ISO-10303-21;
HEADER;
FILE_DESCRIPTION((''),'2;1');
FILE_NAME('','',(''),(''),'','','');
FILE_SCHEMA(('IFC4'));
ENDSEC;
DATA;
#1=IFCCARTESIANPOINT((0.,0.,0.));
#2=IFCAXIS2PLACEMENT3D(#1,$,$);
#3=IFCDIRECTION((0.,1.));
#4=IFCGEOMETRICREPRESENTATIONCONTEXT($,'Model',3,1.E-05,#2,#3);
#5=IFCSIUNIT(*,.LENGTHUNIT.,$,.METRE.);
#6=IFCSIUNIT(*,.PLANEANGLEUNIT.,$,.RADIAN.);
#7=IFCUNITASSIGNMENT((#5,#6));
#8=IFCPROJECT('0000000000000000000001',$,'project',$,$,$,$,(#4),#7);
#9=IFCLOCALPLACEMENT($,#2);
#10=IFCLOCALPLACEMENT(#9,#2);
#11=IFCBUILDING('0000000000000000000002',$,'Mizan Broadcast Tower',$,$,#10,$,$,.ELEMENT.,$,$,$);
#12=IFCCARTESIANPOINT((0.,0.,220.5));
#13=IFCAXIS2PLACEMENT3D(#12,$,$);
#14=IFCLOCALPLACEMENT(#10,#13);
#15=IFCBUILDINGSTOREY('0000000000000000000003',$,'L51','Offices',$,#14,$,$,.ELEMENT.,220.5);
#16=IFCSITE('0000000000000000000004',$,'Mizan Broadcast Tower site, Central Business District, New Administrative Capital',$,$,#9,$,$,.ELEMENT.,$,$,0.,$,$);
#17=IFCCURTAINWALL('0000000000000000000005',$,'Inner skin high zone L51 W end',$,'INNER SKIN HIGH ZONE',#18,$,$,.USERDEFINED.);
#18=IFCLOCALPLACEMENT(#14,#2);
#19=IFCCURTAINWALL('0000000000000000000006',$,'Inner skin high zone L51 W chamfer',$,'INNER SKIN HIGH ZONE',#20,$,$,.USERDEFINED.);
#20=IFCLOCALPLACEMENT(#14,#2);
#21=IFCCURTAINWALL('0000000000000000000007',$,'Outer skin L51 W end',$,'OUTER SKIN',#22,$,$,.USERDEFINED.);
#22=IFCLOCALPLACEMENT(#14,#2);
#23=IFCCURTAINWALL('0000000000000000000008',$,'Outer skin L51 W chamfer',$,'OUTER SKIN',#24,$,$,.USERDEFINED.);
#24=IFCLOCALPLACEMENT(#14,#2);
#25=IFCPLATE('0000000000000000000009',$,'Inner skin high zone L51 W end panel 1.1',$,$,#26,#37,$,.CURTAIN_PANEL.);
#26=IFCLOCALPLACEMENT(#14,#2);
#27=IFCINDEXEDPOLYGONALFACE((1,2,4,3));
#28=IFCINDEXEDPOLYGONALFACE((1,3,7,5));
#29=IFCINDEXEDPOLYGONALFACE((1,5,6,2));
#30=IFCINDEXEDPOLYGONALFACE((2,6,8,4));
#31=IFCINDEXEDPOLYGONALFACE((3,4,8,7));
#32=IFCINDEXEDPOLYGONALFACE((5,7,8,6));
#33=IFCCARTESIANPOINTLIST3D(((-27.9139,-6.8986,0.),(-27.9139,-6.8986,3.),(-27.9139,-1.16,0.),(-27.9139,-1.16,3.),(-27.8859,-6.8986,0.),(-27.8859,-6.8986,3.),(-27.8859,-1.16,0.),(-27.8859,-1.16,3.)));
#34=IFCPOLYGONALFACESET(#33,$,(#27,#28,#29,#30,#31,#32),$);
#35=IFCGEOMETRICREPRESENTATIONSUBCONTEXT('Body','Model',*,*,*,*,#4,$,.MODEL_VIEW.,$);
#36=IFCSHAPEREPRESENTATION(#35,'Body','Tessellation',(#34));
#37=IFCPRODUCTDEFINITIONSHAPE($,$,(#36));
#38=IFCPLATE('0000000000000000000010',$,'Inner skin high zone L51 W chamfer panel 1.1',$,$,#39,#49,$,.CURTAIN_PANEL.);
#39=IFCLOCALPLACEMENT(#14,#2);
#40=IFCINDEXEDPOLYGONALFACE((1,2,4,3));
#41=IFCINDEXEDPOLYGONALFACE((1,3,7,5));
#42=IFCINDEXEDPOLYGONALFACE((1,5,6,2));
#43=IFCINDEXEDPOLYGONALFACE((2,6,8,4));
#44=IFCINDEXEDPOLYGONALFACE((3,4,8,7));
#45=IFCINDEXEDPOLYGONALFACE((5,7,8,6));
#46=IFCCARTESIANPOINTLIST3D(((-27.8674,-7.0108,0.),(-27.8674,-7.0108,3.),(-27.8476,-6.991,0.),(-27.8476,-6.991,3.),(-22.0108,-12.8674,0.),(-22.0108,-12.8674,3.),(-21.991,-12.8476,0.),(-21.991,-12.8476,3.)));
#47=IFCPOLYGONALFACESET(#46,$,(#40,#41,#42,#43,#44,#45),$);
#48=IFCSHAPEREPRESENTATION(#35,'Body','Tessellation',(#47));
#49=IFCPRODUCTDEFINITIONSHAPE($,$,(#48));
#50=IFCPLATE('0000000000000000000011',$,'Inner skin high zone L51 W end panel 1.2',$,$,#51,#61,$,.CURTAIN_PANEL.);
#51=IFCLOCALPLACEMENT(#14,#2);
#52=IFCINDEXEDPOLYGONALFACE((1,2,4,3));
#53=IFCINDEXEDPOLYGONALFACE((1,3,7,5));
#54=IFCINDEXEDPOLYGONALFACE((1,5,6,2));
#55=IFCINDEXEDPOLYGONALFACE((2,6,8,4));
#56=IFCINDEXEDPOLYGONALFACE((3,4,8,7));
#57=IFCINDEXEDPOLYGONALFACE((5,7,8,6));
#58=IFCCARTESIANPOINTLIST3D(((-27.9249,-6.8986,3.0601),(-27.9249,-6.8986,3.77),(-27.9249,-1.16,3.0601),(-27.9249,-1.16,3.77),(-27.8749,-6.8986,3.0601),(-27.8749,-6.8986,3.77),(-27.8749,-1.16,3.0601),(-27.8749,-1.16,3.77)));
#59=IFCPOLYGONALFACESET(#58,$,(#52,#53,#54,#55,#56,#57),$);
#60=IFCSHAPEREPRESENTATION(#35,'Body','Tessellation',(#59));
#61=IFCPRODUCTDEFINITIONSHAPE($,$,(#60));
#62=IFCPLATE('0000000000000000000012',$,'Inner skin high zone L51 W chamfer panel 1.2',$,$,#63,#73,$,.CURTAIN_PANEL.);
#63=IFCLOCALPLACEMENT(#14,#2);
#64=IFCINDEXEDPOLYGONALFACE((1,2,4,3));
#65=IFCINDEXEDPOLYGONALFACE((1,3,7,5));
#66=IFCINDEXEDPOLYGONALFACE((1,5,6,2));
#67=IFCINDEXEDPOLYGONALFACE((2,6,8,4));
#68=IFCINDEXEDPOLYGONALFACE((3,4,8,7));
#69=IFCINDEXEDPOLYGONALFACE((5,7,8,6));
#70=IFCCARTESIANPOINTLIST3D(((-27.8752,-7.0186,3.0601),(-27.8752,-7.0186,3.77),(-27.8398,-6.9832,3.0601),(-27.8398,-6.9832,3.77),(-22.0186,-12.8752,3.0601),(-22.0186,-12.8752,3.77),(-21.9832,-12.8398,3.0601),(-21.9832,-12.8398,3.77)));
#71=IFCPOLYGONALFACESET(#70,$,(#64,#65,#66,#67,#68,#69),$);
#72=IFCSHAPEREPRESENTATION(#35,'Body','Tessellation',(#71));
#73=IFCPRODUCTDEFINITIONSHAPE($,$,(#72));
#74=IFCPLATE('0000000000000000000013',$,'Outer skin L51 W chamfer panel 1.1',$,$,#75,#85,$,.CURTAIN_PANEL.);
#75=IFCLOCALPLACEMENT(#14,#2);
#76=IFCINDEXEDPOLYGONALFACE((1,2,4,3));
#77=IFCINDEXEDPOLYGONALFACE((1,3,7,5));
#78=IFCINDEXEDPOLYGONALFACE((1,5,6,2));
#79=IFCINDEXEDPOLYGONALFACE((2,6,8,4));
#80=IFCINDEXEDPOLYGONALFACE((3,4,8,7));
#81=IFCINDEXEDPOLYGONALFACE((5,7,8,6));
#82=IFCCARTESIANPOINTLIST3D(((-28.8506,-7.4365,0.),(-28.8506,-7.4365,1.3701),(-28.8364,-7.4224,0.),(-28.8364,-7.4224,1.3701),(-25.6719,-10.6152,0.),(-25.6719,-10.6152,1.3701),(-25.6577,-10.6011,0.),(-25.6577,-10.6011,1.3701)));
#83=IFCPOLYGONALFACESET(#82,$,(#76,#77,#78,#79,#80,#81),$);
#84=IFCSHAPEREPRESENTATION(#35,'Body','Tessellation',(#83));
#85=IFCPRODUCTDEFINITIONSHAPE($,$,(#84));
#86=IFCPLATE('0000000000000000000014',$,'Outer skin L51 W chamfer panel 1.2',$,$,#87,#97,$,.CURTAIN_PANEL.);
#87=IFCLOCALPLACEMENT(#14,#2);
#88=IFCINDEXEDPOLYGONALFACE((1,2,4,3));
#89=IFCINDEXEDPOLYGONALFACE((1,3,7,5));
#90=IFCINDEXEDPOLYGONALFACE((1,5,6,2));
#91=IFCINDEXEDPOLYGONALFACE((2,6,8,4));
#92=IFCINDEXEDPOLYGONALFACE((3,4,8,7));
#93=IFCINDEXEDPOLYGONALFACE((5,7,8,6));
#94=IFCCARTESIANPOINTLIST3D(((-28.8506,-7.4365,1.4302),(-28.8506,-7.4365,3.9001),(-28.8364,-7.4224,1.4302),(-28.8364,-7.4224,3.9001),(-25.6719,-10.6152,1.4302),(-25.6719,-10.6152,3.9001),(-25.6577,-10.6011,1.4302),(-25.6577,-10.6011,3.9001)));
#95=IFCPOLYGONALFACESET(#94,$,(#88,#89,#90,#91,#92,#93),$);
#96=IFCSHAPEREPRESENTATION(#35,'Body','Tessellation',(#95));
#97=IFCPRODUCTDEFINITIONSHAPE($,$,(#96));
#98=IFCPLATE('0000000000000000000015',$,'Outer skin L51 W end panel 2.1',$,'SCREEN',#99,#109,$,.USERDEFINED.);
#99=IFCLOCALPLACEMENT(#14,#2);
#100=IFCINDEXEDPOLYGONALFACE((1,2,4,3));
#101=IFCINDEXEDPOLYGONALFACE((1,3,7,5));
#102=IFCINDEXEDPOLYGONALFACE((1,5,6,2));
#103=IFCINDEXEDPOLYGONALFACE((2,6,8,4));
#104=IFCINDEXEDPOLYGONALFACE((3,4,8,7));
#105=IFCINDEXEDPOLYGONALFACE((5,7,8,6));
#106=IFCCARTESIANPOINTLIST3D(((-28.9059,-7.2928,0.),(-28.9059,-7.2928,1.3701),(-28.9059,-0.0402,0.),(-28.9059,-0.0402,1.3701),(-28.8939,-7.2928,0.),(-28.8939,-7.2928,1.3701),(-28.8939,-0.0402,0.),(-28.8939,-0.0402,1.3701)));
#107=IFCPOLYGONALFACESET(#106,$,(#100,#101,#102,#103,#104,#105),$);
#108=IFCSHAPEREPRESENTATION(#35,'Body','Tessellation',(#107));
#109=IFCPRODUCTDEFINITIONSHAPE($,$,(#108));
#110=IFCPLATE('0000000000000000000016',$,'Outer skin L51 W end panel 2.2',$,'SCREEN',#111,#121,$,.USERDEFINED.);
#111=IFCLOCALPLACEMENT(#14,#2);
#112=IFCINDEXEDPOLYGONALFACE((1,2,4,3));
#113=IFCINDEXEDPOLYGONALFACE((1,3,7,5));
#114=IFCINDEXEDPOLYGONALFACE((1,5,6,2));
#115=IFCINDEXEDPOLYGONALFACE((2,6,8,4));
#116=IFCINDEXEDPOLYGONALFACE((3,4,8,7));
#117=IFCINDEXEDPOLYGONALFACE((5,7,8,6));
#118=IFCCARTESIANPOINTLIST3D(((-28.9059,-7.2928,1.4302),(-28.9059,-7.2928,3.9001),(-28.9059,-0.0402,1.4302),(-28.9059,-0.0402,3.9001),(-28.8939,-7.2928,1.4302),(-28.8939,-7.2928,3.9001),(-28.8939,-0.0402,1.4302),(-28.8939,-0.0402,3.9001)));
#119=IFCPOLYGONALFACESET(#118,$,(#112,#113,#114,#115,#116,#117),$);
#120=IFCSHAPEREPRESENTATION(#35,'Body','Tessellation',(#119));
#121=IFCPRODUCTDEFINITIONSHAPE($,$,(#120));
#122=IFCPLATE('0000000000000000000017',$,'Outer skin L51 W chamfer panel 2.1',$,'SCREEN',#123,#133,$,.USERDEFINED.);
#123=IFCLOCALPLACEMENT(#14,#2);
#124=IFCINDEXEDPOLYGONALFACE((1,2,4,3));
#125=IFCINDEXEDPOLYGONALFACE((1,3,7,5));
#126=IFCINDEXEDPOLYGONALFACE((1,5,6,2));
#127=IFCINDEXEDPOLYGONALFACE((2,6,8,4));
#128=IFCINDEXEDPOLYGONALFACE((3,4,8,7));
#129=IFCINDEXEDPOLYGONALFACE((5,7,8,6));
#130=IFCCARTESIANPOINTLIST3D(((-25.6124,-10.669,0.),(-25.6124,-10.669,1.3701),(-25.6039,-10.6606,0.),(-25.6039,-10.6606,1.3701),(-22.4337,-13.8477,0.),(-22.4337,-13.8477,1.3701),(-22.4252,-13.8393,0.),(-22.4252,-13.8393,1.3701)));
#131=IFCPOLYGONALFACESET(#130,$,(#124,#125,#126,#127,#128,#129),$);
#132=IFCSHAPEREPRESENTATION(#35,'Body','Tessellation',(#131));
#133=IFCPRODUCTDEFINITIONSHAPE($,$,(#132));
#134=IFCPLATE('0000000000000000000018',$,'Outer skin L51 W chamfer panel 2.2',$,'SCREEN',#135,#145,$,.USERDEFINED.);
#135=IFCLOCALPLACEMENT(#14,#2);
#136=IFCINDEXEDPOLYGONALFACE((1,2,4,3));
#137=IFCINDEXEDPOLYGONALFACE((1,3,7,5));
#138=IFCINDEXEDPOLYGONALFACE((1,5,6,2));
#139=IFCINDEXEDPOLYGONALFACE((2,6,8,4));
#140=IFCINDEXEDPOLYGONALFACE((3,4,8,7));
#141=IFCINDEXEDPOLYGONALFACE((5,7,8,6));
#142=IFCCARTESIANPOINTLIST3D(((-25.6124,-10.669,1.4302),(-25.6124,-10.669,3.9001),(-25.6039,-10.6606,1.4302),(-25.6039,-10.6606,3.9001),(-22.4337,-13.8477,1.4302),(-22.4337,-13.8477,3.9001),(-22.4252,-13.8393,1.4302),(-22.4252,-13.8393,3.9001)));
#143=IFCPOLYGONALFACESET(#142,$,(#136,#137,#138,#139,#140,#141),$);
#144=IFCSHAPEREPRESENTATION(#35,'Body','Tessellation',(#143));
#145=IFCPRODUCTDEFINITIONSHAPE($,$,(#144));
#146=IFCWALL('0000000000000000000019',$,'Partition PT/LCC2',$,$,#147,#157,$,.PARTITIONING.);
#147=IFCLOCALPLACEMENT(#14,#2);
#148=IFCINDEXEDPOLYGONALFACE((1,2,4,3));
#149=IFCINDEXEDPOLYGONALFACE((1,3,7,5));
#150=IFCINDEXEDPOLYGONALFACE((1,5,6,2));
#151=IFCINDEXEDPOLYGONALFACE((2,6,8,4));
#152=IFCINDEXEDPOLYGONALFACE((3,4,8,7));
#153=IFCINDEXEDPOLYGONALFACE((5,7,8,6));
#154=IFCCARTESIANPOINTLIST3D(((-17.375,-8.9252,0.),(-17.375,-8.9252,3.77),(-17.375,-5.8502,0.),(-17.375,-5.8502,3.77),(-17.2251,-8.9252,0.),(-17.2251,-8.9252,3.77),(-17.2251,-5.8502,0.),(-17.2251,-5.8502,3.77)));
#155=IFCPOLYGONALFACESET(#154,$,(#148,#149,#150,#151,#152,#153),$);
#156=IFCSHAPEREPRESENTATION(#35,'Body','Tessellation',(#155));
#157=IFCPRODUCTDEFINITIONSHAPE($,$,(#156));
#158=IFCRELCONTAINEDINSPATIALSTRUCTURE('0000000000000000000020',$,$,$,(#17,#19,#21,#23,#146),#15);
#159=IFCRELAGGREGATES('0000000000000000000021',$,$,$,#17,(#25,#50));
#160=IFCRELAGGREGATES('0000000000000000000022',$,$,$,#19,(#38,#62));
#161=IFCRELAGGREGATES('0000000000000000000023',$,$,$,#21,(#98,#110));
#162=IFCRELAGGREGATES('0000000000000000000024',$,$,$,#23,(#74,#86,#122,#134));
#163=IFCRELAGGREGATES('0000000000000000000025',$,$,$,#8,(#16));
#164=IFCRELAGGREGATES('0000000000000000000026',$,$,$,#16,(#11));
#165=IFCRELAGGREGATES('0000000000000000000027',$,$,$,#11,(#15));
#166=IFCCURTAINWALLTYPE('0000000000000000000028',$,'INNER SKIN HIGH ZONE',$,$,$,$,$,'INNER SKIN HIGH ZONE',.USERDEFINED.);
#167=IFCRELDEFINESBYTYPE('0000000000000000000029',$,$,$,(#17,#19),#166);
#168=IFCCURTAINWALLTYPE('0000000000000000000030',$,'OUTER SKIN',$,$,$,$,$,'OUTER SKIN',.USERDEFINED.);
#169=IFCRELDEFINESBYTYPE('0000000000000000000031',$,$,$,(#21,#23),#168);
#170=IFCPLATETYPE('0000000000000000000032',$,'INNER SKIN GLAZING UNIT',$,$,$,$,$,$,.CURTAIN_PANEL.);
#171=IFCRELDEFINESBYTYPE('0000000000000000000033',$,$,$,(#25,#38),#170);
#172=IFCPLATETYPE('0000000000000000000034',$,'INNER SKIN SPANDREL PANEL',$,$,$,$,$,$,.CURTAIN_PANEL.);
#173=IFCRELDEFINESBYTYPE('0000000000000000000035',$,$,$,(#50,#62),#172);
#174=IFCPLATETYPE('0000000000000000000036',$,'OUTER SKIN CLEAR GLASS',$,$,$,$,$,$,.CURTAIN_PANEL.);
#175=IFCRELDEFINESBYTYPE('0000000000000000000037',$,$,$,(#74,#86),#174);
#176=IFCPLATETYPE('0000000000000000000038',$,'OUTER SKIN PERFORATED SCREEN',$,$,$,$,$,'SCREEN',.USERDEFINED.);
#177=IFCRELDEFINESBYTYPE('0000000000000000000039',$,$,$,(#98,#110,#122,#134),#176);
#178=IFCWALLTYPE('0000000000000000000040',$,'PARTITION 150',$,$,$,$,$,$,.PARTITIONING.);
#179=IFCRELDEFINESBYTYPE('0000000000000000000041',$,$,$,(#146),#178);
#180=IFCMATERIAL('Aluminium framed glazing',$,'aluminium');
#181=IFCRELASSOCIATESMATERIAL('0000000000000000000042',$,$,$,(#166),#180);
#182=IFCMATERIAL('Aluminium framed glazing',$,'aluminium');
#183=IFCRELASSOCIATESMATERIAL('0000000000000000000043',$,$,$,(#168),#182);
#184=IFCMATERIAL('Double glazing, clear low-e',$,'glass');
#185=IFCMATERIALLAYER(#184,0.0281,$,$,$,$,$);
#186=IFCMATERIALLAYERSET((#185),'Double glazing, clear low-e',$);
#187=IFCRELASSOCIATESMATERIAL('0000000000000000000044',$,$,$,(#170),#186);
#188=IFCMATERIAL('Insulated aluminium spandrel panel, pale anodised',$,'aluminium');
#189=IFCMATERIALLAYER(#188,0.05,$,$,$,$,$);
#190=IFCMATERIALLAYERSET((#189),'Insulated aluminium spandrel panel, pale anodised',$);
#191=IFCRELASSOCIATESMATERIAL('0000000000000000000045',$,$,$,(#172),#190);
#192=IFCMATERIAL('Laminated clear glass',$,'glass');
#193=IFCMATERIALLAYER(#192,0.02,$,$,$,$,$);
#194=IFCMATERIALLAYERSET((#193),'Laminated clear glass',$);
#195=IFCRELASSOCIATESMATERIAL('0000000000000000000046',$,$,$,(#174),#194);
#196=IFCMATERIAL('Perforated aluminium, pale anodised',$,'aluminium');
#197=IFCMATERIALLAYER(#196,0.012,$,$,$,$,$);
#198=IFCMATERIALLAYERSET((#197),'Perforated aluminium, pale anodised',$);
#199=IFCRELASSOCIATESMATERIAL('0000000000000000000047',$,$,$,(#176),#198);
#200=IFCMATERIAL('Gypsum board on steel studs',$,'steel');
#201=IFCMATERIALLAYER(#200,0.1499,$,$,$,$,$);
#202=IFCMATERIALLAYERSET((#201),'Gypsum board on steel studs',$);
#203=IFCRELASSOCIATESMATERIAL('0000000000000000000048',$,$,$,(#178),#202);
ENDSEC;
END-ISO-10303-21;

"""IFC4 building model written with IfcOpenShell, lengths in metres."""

from ifc_helpers import new_model, si_unit, direction, frame, frame_2d, origin, origin_2d, place, context, subcontext, project, spatial, rectangle, extrude, material, layer, layer_set, type_object, element, aggregate, save


model = new_model("IFC4")

# Units and contexts
model_context = context("Model", 3, precision=1e-05, world=origin(), true_north=direction((0.0, 1.0)))
body_context = subcontext(model_context, "Body", "Model", "MODEL_VIEW")
ifc_project = project(units=[si_unit("LENGTHUNIT", "METRE"), si_unit("PLANEANGLEUNIT", "RADIAN")], contexts=[model_context])

# Site, building, storey
site_placement = place(None, origin())
site = spatial("IfcSite", under=ifc_project, at=site_placement, Name="Mizan Broadcast Tower site, Central Business District, New Administrative Capital", CompositionType="ELEMENT", RefElevation=0.0)
building_placement = place(site_placement, origin())
building = spatial("IfcBuilding", under=site, at=building_placement, Name="Mizan Broadcast Tower", CompositionType="ELEMENT")
storey_placement = place(building_placement, frame((0.0, 0.0, 220.5)))
storey = spatial("IfcBuildingStorey", under=building, at=storey_placement, Name="L51", Description="Offices", CompositionType="ELEMENT", Elevation=220.5)

# Curtain wall
ifc_material_1 = material(Name="Aluminium framed glazing", Category="aluminium")
curtain_wall_type_1 = type_object("IfcCurtainWallType", Name="INNER SKIN HIGH ZONE", ElementType="INNER SKIN HIGH ZONE", PredefinedType="USERDEFINED", material=ifc_material_1)
curtain_wall_1_placement = place(storey_placement, origin())
curtain_wall_1 = element("IfcCurtainWall", 1, at=curtain_wall_1_placement, inside=storey, type_object=curtain_wall_type_1, Name="Inner skin high zone L51 W end", ObjectType="INNER SKIN HIGH ZONE", PredefinedType="USERDEFINED")

# Curtain walls
curtain_wall_2_placement = place(storey_placement, origin())
curtain_wall_2 = element("IfcCurtainWall", 2, at=curtain_wall_2_placement, inside=storey, type_object=curtain_wall_type_1, Name="Inner skin high zone L51 W chamfer", ObjectType="INNER SKIN HIGH ZONE", PredefinedType="USERDEFINED")
ifc_material_2 = material(Name="Aluminium framed glazing", Category="aluminium")
curtain_wall_type_2 = type_object("IfcCurtainWallType", Name="OUTER SKIN", ElementType="OUTER SKIN", PredefinedType="USERDEFINED", material=ifc_material_2)
curtain_wall_3_placement = place(storey_placement, origin())
curtain_wall_3 = element("IfcCurtainWall", 3, at=curtain_wall_3_placement, inside=storey, type_object=curtain_wall_type_2, Name="Outer skin L51 W end", ObjectType="OUTER SKIN", PredefinedType="USERDEFINED")

# Curtain wall
curtain_wall_4_placement = place(storey_placement, origin())
curtain_wall_4 = element("IfcCurtainWall", 4, at=curtain_wall_4_placement, inside=storey, type_object=curtain_wall_type_2, Name="Outer skin L51 W chamfer", ObjectType="OUTER SKIN", PredefinedType="USERDEFINED")

# Plates
ifc_material_3 = material(Name="Double glazing, clear low-e", Category="glass")
ifc_layer_1 = layer(ifc_material_3, 0.0281)
ifc_layer_set_1 = layer_set([ifc_layer_1], Name="Double glazing, clear low-e")
plate_type_1 = type_object("IfcPlateType", Name="INNER SKIN GLAZING UNIT", PredefinedType="CURTAIN_PANEL", material=ifc_layer_set_1)
plate_1_placement = place(storey_placement, frame((-27.8999, -4.0293, 0.0), z_axis=(0.0, 0.0, 1.0), x_axis=(0.0, -1.0, 0.0)))
plate_1 = element("IfcPlate", 5, at=plate_1_placement, type_object=plate_type_1, Name="Inner skin high zone L51 W end panel 1.1", PredefinedType="CURTAIN_PANEL", context=body_context, shape_type="SweptSolid", body=[
    extrude(rectangle(XDim=5.7385, YDim=0.0281, at=origin_2d()), origin(), (0.0, 0.0, 1.0), 3.0),
])
plate_2_placement = place(storey_placement, frame((-24.9292, -9.9292, 0.0), z_axis=(0.0, 0.0, 1.0), x_axis=(0.707107, -0.707107, 0.0)))
plate_2 = element("IfcPlate", 6, at=plate_2_placement, type_object=plate_type_1, Name="Inner skin high zone L51 W chamfer panel 1.1", PredefinedType="CURTAIN_PANEL", context=body_context, shape_type="SweptSolid", body=[
    extrude(rectangle(XDim=8.2825, YDim=0.0281, at=origin_2d()), origin(), (0.0, 0.0, 1.0), 3.0),
])
ifc_material_4 = material(Name="Insulated aluminium spandrel panel, pale anodised", Category="aluminium")
ifc_layer_2 = layer(ifc_material_4, 0.05)
ifc_layer_set_2 = layer_set([ifc_layer_2], Name="Insulated aluminium spandrel panel, pale anodised")
plate_type_2 = type_object("IfcPlateType", Name="INNER SKIN SPANDREL PANEL", PredefinedType="CURTAIN_PANEL", material=ifc_layer_set_2)
plate_3_placement = place(storey_placement, frame((-27.8999, -4.0293, 3.0601), z_axis=(0.0, 0.0, 1.0), x_axis=(0.0, -1.0, 0.0)))
plate_3 = element("IfcPlate", 7, at=plate_3_placement, type_object=plate_type_2, Name="Inner skin high zone L51 W end panel 1.2", PredefinedType="CURTAIN_PANEL", context=body_context, shape_type="SweptSolid", body=[
    extrude(rectangle(XDim=5.7385, YDim=0.05, at=origin_2d()), origin(), (0.0, 0.0, 1.0), 0.71),
])
aggregate(curtain_wall_1, [plate_1, plate_3])
plate_4_placement = place(storey_placement, frame((-24.9292, -9.9292, 3.0601), z_axis=(0.0, 0.0, 1.0), x_axis=(0.707107, -0.707107, 0.0)))
plate_4 = element("IfcPlate", 8, at=plate_4_placement, type_object=plate_type_2, Name="Inner skin high zone L51 W chamfer panel 1.2", PredefinedType="CURTAIN_PANEL", context=body_context, shape_type="SweptSolid", body=[
    extrude(rectangle(XDim=8.2825, YDim=0.05, at=origin_2d()), origin(), (0.0, 0.0, 1.0), 0.71),
])
aggregate(curtain_wall_2, [plate_2, plate_4])
ifc_material_5 = material(Name="Laminated clear glass", Category="glass")
ifc_layer_3 = layer(ifc_material_5, 0.02)
ifc_layer_set_3 = layer_set([ifc_layer_3], Name="Laminated clear glass")
plate_type_3 = type_object("IfcPlateType", Name="OUTER SKIN CLEAR GLASS", PredefinedType="CURTAIN_PANEL", material=ifc_layer_set_3)
plate_5_placement = place(storey_placement, frame((-27.2542, -9.0188, 0.0), z_axis=(0.0, 0.0, 1.0), x_axis=(0.707107, -0.707107, 0.0)))
plate_5 = element("IfcPlate", 9, at=plate_5_placement, type_object=plate_type_3, Name="Outer skin L51 W chamfer panel 1.1", PredefinedType="CURTAIN_PANEL", context=body_context, shape_type="SweptSolid", body=[
    extrude(rectangle(XDim=4.4954, YDim=0.02, at=origin_2d()), origin(), (0.0, 0.0, 1.0), 1.3701),
])
plate_6_placement = place(storey_placement, frame((-27.2542, -9.0188, 1.4302), z_axis=(0.0, 0.0, 1.0), x_axis=(0.707107, -0.707107, 0.0)))
plate_6 = element("IfcPlate", 10, at=plate_6_placement, type_object=plate_type_3, Name="Outer skin L51 W chamfer panel 1.2", PredefinedType="CURTAIN_PANEL", context=body_context, shape_type="SweptSolid", body=[
    extrude(rectangle(XDim=4.4954, YDim=0.02, at=origin_2d()), origin(), (0.0, 0.0, 1.0), 2.47),
])
ifc_material_6 = material(Name="Perforated aluminium, pale anodised", Category="aluminium")
ifc_layer_4 = layer(ifc_material_6, 0.012)
ifc_layer_set_4 = layer_set([ifc_layer_4], Name="Perforated aluminium, pale anodised")
plate_type_4 = type_object("IfcPlateType", Name="OUTER SKIN PERFORATED SCREEN", ElementType="SCREEN", PredefinedType="USERDEFINED", material=ifc_layer_set_4)
plate_7_placement = place(storey_placement, frame((-28.8999, -3.6665, 0.0), z_axis=(0.0, 0.0, 1.0), x_axis=(0.0, -1.0, 0.0)))
plate_7 = element("IfcPlate", 11, at=plate_7_placement, type_object=plate_type_4, Name="Outer skin L51 W end panel 2.1", ObjectType="SCREEN", PredefinedType="USERDEFINED", context=body_context, shape_type="SweptSolid", body=[
    extrude(rectangle(XDim=7.2527, YDim=0.012, at=origin_2d()), origin(), (0.0, 0.0, 1.0), 1.3701),
])
plate_8_placement = place(storey_placement, frame((-28.8999, -3.6665, 1.4302), z_axis=(0.0, 0.0, 1.0), x_axis=(0.0, -1.0, 0.0)))
plate_8 = element("IfcPlate", 12, at=plate_8_placement, type_object=plate_type_4, Name="Outer skin L51 W end panel 2.2", ObjectType="SCREEN", PredefinedType="USERDEFINED", context=body_context, shape_type="SweptSolid", body=[
    extrude(rectangle(XDim=7.2527, YDim=0.012, at=origin_2d()), origin(), (0.0, 0.0, 1.0), 2.47),
])
aggregate(curtain_wall_3, [plate_7, plate_8])
plate_9_placement = place(storey_placement, frame((-24.0188, -12.2542, 0.0), z_axis=(0.0, 0.0, 1.0), x_axis=(0.707107, -0.707107, 0.0)))
plate_9 = element("IfcPlate", 13, at=plate_9_placement, type_object=plate_type_4, Name="Outer skin L51 W chamfer panel 2.1", ObjectType="SCREEN", PredefinedType="USERDEFINED", context=body_context, shape_type="SweptSolid", body=[
    extrude(rectangle(XDim=4.4954, YDim=0.012, at=origin_2d()), origin(), (0.0, 0.0, 1.0), 1.3701),
])
plate_10_placement = place(storey_placement, frame((-24.0188, -12.2542, 1.4302), z_axis=(0.0, 0.0, 1.0), x_axis=(0.707107, -0.707107, 0.0)))
plate_10 = element("IfcPlate", 14, at=plate_10_placement, type_object=plate_type_4, Name="Outer skin L51 W chamfer panel 2.2", ObjectType="SCREEN", PredefinedType="USERDEFINED", context=body_context, shape_type="SweptSolid", body=[
    extrude(rectangle(XDim=4.4954, YDim=0.012, at=origin_2d()), origin(), (0.0, 0.0, 1.0), 2.47),
])
aggregate(curtain_wall_4, [plate_5, plate_6, plate_9, plate_10])

# Wall
ifc_material_7 = material(Name="Gypsum board on steel studs", Category="steel")
ifc_layer_5 = layer(ifc_material_7, 0.1499)
ifc_layer_set_5 = layer_set([ifc_layer_5], Name="Gypsum board on steel studs")
wall_type = type_object("IfcWallType", Name="PARTITION 150", PredefinedType="PARTITIONING", material=ifc_layer_set_5)
wall_placement = place(storey_placement, frame((-17.3, -5.8501, 0.0), z_axis=(0.0, 0.0, 1.0), x_axis=(0.0, -1.0, 0.0)))
element("IfcWall", 15, at=wall_placement, inside=storey, type_object=wall_type, Name="Partition PT/LCC2", PredefinedType="PARTITIONING", context=body_context, shape_type="SweptSolid", body=[
    extrude(rectangle(XDim=3.075, YDim=0.1499, at=frame_2d((1.5376, 0.0))), origin(), (0.0, 0.0, 1.0), 3.77),
])

save(model, "model.ifc")
